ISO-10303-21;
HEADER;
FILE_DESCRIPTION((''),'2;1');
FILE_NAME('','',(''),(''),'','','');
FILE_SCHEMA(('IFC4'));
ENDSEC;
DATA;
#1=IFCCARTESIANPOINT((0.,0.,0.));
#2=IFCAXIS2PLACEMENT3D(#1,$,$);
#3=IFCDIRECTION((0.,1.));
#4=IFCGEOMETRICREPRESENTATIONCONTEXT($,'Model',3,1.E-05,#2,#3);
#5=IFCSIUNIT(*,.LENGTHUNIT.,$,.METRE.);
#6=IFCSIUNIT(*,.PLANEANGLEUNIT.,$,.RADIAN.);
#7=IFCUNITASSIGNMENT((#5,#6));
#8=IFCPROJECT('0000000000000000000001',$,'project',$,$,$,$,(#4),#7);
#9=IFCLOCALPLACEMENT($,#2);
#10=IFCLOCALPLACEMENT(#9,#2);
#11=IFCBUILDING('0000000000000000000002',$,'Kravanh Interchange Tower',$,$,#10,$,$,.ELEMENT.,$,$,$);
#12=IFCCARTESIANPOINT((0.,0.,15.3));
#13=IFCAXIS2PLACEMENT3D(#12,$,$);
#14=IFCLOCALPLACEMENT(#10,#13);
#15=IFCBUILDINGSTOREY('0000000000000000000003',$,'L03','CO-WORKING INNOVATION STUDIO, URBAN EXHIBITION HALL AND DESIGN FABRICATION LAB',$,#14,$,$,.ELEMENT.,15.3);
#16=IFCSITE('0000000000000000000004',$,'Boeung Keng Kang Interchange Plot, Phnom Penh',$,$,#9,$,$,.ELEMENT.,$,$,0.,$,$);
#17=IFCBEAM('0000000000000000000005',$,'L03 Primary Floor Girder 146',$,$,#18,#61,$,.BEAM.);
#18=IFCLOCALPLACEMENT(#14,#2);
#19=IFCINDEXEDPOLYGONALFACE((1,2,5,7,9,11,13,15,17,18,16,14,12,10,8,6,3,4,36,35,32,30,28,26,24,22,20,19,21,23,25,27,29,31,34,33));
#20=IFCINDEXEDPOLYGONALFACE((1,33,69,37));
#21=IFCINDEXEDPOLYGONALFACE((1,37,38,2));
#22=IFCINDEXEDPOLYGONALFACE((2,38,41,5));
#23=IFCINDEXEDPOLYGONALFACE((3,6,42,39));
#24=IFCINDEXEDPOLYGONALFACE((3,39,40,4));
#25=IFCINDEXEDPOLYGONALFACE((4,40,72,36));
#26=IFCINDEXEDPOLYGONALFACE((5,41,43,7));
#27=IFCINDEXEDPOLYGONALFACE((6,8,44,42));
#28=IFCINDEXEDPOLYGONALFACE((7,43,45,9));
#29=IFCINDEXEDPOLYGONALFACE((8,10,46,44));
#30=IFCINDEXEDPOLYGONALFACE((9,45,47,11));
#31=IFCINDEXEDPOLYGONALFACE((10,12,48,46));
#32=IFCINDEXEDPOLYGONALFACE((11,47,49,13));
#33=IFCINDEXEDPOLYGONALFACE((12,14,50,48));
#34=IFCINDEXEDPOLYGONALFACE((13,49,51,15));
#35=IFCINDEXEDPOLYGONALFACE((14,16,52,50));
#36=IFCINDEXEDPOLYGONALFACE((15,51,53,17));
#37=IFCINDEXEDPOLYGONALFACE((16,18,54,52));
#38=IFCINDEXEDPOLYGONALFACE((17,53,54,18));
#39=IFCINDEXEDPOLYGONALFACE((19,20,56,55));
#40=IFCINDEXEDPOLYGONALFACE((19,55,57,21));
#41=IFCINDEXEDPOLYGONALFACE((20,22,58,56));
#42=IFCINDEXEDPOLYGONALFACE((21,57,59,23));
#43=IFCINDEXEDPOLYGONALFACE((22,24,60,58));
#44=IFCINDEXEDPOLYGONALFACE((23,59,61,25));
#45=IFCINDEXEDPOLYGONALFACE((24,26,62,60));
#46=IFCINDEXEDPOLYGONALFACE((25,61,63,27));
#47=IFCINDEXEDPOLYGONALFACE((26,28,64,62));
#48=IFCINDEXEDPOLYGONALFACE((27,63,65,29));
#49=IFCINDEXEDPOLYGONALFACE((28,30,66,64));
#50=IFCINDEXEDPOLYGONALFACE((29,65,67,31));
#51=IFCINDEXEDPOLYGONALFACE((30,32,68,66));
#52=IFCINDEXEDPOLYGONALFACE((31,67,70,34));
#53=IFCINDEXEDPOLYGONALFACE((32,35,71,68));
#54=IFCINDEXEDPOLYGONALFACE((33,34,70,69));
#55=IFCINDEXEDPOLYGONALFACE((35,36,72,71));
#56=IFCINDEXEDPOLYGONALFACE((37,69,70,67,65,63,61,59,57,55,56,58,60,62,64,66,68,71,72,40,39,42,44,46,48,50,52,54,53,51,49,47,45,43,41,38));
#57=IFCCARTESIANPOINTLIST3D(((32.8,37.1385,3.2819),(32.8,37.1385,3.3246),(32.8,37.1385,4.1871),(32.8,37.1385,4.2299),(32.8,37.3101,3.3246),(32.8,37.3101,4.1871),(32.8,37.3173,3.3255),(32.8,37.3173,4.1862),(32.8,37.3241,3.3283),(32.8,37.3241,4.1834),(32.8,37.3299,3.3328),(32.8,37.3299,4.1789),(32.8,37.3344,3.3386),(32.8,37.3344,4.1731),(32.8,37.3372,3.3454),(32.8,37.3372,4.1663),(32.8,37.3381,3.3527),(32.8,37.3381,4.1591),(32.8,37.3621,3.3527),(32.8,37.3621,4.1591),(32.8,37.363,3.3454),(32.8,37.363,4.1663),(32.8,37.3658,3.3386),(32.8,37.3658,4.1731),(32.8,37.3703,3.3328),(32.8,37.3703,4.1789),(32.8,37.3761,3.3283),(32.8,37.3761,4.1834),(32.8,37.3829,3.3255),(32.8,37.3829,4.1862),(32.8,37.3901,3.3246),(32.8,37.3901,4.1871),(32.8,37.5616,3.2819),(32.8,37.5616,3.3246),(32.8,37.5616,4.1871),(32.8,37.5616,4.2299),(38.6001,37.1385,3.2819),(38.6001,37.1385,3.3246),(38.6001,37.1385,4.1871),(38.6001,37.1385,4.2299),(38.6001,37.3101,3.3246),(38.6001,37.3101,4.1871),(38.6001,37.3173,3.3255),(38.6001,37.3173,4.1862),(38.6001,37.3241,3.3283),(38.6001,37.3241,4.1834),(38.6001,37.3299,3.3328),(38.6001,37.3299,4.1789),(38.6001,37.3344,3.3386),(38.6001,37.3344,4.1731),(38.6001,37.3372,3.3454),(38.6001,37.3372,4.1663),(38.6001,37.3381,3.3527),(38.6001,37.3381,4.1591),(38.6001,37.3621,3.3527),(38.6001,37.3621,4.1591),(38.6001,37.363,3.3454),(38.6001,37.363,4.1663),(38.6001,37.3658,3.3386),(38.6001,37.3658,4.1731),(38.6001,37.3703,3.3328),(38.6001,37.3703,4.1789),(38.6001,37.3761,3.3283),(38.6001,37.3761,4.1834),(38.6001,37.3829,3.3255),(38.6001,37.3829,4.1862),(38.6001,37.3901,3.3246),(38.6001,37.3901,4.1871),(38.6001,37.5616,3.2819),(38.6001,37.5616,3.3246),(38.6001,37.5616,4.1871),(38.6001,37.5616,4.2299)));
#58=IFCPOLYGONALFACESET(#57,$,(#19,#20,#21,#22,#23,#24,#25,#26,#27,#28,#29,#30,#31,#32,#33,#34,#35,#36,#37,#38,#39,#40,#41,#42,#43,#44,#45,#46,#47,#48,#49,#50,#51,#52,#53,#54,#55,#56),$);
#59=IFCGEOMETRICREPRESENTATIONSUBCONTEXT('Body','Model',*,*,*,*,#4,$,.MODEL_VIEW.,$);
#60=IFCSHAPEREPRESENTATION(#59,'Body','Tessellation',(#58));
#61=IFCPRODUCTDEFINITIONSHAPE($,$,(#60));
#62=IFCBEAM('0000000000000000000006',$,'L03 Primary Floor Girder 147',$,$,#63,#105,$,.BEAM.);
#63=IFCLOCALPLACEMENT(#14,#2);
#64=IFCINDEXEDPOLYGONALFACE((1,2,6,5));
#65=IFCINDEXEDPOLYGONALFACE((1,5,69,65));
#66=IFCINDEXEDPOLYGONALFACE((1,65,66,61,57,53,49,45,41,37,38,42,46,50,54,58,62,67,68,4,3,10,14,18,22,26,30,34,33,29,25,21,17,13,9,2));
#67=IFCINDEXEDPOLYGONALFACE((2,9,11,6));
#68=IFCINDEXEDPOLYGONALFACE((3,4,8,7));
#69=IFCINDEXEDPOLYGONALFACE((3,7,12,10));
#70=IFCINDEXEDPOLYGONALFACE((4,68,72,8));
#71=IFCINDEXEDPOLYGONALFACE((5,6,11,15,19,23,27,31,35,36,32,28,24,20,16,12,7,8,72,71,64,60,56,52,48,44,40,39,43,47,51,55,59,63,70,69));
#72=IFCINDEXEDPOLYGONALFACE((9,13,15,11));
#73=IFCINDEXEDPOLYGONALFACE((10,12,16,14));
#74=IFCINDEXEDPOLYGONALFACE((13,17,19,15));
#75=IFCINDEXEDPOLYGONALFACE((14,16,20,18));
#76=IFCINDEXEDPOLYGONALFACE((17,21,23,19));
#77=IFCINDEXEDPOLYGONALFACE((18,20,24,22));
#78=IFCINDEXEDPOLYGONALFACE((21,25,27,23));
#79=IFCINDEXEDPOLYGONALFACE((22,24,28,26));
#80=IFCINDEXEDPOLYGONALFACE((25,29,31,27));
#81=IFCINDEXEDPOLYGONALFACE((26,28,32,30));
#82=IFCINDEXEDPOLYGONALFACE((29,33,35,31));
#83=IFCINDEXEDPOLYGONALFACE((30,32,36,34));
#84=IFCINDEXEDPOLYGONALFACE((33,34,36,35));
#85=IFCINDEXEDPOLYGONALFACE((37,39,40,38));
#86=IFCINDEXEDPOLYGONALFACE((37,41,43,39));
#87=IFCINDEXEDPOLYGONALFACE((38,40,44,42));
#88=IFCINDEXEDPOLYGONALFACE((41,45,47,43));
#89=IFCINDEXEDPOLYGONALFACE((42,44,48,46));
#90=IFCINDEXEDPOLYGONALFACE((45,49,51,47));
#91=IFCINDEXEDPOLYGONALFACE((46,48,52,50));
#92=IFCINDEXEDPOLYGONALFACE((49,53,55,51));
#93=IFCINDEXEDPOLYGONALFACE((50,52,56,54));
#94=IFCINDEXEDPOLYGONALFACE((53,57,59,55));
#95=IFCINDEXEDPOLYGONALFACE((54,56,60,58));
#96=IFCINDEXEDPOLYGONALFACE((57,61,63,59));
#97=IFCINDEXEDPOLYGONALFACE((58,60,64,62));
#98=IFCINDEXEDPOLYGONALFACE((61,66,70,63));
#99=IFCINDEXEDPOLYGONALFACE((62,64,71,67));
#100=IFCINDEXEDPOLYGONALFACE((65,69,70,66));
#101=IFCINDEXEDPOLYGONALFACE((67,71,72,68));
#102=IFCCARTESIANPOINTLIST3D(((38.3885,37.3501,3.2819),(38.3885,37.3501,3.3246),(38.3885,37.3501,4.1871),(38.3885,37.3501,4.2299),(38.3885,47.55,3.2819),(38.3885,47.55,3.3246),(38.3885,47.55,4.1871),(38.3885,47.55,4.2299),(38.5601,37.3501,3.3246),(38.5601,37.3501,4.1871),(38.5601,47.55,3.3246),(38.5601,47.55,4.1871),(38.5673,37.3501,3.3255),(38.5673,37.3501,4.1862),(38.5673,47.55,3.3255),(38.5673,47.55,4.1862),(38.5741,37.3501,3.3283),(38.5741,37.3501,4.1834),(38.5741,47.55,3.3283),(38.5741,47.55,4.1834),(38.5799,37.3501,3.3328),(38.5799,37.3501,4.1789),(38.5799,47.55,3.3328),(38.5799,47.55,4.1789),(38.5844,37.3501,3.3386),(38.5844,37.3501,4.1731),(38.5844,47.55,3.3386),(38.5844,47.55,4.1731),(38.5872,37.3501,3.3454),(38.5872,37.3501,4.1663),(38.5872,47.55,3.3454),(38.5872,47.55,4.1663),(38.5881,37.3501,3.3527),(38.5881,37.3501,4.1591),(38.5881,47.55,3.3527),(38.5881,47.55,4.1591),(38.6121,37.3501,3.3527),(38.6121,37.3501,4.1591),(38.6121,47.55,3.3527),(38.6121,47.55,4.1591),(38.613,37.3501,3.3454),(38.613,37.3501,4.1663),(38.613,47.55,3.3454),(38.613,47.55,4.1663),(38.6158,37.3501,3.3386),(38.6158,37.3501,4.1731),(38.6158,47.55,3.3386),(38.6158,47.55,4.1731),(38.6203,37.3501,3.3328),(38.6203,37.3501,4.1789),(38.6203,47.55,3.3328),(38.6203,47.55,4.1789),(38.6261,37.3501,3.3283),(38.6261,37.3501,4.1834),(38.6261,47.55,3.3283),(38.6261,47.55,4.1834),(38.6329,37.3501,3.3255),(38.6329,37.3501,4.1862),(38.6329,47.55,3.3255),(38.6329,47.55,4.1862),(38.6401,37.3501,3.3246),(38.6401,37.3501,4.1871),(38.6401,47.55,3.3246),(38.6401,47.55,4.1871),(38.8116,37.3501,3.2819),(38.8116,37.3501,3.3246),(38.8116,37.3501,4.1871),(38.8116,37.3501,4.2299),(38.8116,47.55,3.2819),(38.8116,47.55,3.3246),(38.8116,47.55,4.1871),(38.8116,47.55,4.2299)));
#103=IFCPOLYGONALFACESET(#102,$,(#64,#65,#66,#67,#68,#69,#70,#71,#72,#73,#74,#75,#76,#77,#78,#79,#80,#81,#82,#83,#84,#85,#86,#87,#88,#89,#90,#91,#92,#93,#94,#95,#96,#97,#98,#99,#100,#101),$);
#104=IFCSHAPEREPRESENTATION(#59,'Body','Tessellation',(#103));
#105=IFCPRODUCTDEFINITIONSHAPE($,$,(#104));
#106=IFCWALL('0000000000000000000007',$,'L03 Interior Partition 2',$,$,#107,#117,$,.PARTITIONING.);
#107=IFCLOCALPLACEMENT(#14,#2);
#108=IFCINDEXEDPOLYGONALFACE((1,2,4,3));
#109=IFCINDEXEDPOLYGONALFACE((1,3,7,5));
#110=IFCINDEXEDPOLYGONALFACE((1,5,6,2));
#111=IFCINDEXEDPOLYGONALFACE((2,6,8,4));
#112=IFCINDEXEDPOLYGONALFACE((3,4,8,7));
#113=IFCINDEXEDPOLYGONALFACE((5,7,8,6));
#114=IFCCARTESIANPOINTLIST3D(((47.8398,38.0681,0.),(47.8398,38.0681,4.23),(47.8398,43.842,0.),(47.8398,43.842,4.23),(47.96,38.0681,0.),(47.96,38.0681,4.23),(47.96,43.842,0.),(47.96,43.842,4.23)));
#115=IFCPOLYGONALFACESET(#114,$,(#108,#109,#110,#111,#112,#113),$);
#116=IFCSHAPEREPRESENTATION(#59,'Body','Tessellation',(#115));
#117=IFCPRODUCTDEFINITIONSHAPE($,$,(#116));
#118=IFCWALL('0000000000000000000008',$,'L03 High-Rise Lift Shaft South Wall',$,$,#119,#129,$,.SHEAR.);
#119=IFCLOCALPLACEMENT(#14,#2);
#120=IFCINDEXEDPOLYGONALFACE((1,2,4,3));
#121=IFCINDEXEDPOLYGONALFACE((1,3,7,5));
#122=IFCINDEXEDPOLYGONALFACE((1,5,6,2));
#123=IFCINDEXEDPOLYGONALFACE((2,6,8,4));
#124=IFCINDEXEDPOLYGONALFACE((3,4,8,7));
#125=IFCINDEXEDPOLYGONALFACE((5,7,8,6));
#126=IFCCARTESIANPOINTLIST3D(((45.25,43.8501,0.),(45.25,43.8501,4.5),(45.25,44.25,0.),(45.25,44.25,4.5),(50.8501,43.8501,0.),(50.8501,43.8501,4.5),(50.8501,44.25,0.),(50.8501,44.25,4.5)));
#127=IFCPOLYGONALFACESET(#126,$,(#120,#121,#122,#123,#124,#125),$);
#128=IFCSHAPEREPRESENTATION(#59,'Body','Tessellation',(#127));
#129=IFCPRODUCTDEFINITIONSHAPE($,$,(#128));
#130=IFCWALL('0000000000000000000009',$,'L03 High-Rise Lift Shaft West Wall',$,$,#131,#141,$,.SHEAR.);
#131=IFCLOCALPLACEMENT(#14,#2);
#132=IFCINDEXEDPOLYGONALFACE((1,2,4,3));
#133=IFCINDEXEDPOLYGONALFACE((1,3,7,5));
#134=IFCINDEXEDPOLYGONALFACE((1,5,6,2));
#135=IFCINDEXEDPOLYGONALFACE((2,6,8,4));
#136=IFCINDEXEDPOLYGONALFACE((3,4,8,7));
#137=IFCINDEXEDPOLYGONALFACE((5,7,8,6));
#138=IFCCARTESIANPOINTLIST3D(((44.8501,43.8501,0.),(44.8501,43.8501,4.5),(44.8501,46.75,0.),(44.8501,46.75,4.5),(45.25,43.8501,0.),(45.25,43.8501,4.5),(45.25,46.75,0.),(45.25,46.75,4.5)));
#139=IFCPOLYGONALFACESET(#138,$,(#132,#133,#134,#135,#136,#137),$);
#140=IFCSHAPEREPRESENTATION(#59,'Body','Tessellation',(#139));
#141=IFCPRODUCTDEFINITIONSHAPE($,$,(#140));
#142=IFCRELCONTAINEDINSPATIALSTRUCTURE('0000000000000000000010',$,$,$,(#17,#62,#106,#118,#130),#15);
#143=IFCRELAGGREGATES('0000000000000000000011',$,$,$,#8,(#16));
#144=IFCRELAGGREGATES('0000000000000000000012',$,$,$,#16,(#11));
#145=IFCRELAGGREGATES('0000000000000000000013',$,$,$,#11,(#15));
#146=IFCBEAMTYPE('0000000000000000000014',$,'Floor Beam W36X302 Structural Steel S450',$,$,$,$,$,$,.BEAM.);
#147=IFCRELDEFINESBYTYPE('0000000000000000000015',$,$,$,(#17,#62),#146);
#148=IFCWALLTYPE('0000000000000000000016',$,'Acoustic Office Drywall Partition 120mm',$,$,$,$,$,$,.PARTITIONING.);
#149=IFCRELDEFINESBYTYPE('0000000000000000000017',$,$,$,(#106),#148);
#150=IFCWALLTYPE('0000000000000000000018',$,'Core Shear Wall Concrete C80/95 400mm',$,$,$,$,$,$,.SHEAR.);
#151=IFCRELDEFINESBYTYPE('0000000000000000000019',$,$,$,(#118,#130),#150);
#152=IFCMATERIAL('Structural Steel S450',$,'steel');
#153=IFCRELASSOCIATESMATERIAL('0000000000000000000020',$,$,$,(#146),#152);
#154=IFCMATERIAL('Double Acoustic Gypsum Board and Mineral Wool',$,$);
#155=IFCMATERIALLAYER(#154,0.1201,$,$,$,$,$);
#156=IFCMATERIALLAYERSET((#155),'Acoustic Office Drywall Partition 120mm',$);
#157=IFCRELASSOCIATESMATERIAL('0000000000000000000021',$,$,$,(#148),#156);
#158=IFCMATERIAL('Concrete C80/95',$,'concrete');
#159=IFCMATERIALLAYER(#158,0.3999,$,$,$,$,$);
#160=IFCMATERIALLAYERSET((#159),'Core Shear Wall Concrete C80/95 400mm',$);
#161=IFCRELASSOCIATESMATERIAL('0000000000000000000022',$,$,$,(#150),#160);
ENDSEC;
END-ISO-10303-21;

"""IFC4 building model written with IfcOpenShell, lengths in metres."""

from ifc_helpers import new_model, si_unit, direction, frame, frame_2d, origin, origin_2d, place, context, subcontext, project, spatial, rectangle, i_section, extrude, material, layer, layer_set, material_profile, profile_set, type_object, element, save


model = new_model("IFC4")

# Units and contexts
model_context = context("Model", 3, precision=1e-05, world=origin(), true_north=direction((0.0, 1.0)))
body_context = subcontext(model_context, "Body", "Model", "MODEL_VIEW")
ifc_project = project(units=[si_unit("LENGTHUNIT", "METRE"), si_unit("PLANEANGLEUNIT", "RADIAN")], contexts=[model_context])

# Site, building, storey
site_placement = place(None, origin())
site = spatial("IfcSite", under=ifc_project, at=site_placement, Name="Boeung Keng Kang Interchange Plot, Phnom Penh", CompositionType="ELEMENT", RefElevation=0.0)
building_placement = place(site_placement, origin())
building = spatial("IfcBuilding", under=site, at=building_placement, Name="Kravanh Interchange Tower", CompositionType="ELEMENT")
storey_placement = place(building_placement, frame((0.0, 0.0, 15.3)))
storey = spatial("IfcBuildingStorey", under=building, at=storey_placement, Name="L03", Description="CO-WORKING INNOVATION STUDIO, URBAN EXHIBITION HALL AND DESIGN FABRICATION LAB", CompositionType="ELEMENT", Elevation=15.3)

# Beams
ifc_material_1 = material(Name="Structural Steel S450", Category="steel")
ifc_material_profile_1 = material_profile(ifc_material_1, i_section(OverallWidth=0.4231, OverallDepth=0.948, WebThickness=0.0239, FlangeThickness=0.0427, FilletRadius=0.0281, at=origin_2d()), Name="W36X302")
ifc_profile_set_1 = profile_set([ifc_material_profile_1], Name="Structural Steel S450")
beam_type = type_object("IfcBeamType", Name="Floor Beam W36X302 Structural Steel S450", PredefinedType="BEAM", material=ifc_profile_set_1)
beam_1_placement = place(storey_placement, frame((38.6001, 37.3501, 3.7559), z_axis=(-1.0, 0.0, 0.0), x_axis=(0.0, -1.0, 0.0)))
element("IfcBeam", 1, at=beam_1_placement, inside=storey, type_object=beam_type, Name="L03 Primary Floor Girder 146", PredefinedType="BEAM", context=body_context, shape_type="SweptSolid", body=[
    extrude(i_section(OverallWidth=0.4231, OverallDepth=0.948, WebThickness=0.0239, FlangeThickness=0.0427, FilletRadius=0.0281, at=origin_2d()), origin(), (0.0, 0.0, 1.0), 5.8),
])
beam_2_placement = place(storey_placement, frame((38.6001, 37.3501, 3.7559), z_axis=(0.0, 1.0, 0.0), x_axis=(-1.0, 0.0, 0.0)))
element("IfcBeam", 2, at=beam_2_placement, inside=storey, type_object=beam_type, Name="L03 Primary Floor Girder 147", PredefinedType="BEAM", context=body_context, shape_type="SweptSolid", body=[
    extrude(i_section(OverallWidth=0.4231, OverallDepth=0.948, WebThickness=0.0239, FlangeThickness=0.0427, FilletRadius=0.0281, at=origin_2d()), origin(), (0.0, 0.0, 1.0), 10.2),
])

# Walls
ifc_material_2 = material(Name="Double Acoustic Gypsum Board and Mineral Wool")
ifc_layer_1 = layer(ifc_material_2, 0.1201)
ifc_layer_set_1 = layer_set([ifc_layer_1], Name="Acoustic Office Drywall Partition 120mm")
wall_type_1 = type_object("IfcWallType", Name="Acoustic Office Drywall Partition 120mm", PredefinedType="PARTITIONING", material=ifc_layer_set_1)
wall_1_placement = place(storey_placement, frame((47.8999, 38.0681, 0.0), z_axis=(0.0, 0.0, 1.0), x_axis=(0.0, 1.0, 0.0)))
element("IfcWall", 3, at=wall_1_placement, inside=storey, type_object=wall_type_1, Name="L03 Interior Partition 2", PredefinedType="PARTITIONING", context=body_context, shape_type="SweptSolid", body=[
    extrude(rectangle(XDim=5.7739, YDim=0.1201, at=frame_2d((2.887, 0.0))), origin(), (0.0, 0.0, 1.0), 4.23),
])
ifc_material_3 = material(Name="Concrete C80/95", Category="concrete")
ifc_layer_2 = layer(ifc_material_3, 0.3999)
ifc_layer_set_2 = layer_set([ifc_layer_2], Name="Core Shear Wall Concrete C80/95 400mm")
wall_type_2 = type_object("IfcWallType", Name="Core Shear Wall Concrete C80/95 400mm", PredefinedType="SHEAR", material=ifc_layer_set_2)
wall_2_placement = place(storey_placement, frame((45.25, 44.05, 0.0), z_axis=(0.0, 0.0, 1.0), x_axis=(1.0, 0.0, 0.0)))
element("IfcWall", 4, at=wall_2_placement, inside=storey, type_object=wall_type_2, Name="L03 High-Rise Lift Shaft South Wall", PredefinedType="SHEAR", context=body_context, shape_type="SweptSolid", body=[
    extrude(rectangle(XDim=5.6001, YDim=0.3999, at=frame_2d((2.8, 0.0))), origin(), (0.0, 0.0, 1.0), 4.5),
])
wall_3_placement = place(storey_placement, frame((45.05, 43.8501, 0.0), z_axis=(0.0, 0.0, 1.0), x_axis=(0.0, 1.0, 0.0)))
element("IfcWall", 5, at=wall_3_placement, inside=storey, type_object=wall_type_2, Name="L03 High-Rise Lift Shaft West Wall", PredefinedType="SHEAR", context=body_context, shape_type="SweptSolid", body=[
    extrude(rectangle(XDim=2.8999, YDim=0.3999, at=frame_2d((1.45, 0.0))), origin(), (0.0, 0.0, 1.0), 4.5),
])

save(model, "model.ifc")
